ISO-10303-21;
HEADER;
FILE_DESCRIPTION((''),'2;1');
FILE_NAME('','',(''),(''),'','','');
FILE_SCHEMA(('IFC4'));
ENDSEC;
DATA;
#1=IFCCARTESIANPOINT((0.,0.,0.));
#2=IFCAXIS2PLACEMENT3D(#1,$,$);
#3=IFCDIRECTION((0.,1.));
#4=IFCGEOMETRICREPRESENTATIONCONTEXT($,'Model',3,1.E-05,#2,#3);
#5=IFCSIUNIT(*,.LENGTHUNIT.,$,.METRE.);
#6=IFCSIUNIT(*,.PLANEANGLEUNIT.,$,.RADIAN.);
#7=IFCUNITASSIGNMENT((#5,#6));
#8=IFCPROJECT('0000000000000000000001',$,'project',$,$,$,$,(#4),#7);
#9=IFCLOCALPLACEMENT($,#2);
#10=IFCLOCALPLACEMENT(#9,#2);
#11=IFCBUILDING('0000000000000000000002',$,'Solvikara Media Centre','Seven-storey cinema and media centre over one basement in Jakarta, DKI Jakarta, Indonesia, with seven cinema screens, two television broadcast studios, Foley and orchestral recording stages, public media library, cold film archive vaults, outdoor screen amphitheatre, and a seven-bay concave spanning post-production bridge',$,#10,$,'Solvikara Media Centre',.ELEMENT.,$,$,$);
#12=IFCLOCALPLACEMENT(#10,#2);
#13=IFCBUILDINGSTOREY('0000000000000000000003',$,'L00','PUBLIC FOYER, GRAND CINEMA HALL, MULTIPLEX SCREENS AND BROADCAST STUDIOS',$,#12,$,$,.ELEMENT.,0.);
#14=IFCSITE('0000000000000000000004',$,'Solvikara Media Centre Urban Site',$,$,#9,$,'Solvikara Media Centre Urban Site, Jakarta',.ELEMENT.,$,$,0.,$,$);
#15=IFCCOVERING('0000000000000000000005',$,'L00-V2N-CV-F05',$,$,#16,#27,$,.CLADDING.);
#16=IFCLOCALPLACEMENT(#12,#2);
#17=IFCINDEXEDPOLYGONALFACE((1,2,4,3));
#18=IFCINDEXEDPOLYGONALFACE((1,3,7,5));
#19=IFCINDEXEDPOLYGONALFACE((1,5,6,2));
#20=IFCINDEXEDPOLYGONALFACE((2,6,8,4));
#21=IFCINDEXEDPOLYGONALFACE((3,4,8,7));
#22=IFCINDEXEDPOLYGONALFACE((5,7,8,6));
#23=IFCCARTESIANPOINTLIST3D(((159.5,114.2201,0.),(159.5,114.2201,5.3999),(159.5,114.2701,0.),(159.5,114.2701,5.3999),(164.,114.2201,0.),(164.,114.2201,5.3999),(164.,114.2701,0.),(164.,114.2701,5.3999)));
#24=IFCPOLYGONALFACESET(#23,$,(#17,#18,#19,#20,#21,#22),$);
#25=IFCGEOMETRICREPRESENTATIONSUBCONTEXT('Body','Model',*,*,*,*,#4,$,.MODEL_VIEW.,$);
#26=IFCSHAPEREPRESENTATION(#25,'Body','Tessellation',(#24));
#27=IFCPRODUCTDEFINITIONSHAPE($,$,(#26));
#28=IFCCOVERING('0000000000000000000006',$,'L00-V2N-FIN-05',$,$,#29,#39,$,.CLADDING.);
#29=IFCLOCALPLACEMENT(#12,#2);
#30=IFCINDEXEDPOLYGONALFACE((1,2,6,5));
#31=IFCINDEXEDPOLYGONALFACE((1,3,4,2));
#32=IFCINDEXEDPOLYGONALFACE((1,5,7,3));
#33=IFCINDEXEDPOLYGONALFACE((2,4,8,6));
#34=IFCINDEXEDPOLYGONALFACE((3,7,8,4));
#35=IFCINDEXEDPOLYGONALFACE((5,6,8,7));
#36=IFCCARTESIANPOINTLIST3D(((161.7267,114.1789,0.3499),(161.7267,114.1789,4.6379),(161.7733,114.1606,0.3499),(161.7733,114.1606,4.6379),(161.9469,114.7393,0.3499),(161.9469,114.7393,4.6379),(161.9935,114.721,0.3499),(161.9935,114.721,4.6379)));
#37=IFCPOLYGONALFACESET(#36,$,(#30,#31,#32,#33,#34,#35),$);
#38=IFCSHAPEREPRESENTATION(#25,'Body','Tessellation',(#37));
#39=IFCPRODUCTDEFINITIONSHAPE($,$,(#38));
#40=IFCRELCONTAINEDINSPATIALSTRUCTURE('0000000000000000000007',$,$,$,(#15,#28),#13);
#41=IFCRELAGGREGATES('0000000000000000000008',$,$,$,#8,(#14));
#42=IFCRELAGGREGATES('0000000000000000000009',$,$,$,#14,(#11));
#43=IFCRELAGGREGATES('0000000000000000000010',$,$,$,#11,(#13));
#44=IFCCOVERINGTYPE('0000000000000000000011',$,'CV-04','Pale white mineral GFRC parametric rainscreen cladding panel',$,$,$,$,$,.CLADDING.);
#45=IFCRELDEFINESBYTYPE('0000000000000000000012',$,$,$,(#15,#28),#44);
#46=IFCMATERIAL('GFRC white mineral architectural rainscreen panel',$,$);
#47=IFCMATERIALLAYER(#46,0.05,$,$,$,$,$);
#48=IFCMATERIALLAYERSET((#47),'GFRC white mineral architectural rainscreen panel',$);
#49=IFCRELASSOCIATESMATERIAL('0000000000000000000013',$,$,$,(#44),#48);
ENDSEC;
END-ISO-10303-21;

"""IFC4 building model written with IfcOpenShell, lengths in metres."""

from ifc_helpers import new_model, si_unit, direction, frame, origin, origin_2d, place, context, subcontext, project, spatial, rectangle, extrude, material, layer, layer_set, type_object, element, save


model = new_model("IFC4")

# Units and contexts
model_context = context("Model", 3, precision=1e-05, world=origin(), true_north=direction((0.0, 1.0)))
body_context = subcontext(model_context, "Body", "Model", "MODEL_VIEW")
ifc_project = project(units=[si_unit("LENGTHUNIT", "METRE"), si_unit("PLANEANGLEUNIT", "RADIAN")], contexts=[model_context])

# Site, building, storey
site_placement = place(None, origin())
site = spatial("IfcSite", under=ifc_project, at=site_placement, Name="Solvikara Media Centre Urban Site", LongName="Solvikara Media Centre Urban Site, Jakarta", CompositionType="ELEMENT", RefElevation=0.0)
building_placement = place(site_placement, origin())
building = spatial("IfcBuilding", under=site, at=building_placement, Name="Solvikara Media Centre", Description="Seven-storey cinema and media centre over one basement in Jakarta, DKI Jakarta, Indonesia, with seven cinema screens, two television broadcast studios, Foley and orchestral recording stages, public media library, cold film archive vaults, outdoor screen amphitheatre, and a seven-bay concave spanning post-production bridge", LongName="Solvikara Media Centre", CompositionType="ELEMENT")
storey_placement = place(building_placement, origin())
storey = spatial("IfcBuildingStorey", under=building, at=storey_placement, Name="L00", Description="PUBLIC FOYER, GRAND CINEMA HALL, MULTIPLEX SCREENS AND BROADCAST STUDIOS", CompositionType="ELEMENT", Elevation=0.0)

# Coverings
ifc_material_1 = material(Name="GFRC white mineral architectural rainscreen panel")
ifc_layer_1 = layer(ifc_material_1, 0.05)
ifc_layer_set_1 = layer_set([ifc_layer_1], Name="GFRC white mineral architectural rainscreen panel")
covering_type = type_object("IfcCoveringType", Name="CV-04", Description="Pale white mineral GFRC parametric rainscreen cladding panel", PredefinedType="CLADDING", material=ifc_layer_set_1)
covering_1_placement = place(storey_placement, frame((161.75, 114.2451, 0.0), z_axis=(0.0, 0.0, 1.0), x_axis=(1.0, 0.0, 0.0)))
element("IfcCovering", 1, at=covering_1_placement, inside=storey, type_object=covering_type, Name="L00-V2N-CV-F05", PredefinedType="CLADDING", context=body_context, shape_type="SweptSolid", body=[
    extrude(rectangle(XDim=4.5, YDim=0.05, at=origin_2d()), origin(), (0.0, 0.0, 1.0), 5.3999),
])
covering_2_placement = place(storey_placement, frame((161.8601, 114.45, 0.3499), z_axis=(0.0, 0.0, 1.0), x_axis=(0.365657, 0.93075, 0.0)))
element("IfcCovering", 2, at=covering_2_placement, inside=storey, type_object=covering_type, Name="L00-V2N-FIN-05", PredefinedType="CLADDING", context=body_context, shape_type="SweptSolid", body=[
    extrude(rectangle(XDim=0.6021, YDim=0.05, at=origin_2d()), origin(), (0.0, 0.0, 1.0), 4.2881),
])

save(model, "model.ifc")
